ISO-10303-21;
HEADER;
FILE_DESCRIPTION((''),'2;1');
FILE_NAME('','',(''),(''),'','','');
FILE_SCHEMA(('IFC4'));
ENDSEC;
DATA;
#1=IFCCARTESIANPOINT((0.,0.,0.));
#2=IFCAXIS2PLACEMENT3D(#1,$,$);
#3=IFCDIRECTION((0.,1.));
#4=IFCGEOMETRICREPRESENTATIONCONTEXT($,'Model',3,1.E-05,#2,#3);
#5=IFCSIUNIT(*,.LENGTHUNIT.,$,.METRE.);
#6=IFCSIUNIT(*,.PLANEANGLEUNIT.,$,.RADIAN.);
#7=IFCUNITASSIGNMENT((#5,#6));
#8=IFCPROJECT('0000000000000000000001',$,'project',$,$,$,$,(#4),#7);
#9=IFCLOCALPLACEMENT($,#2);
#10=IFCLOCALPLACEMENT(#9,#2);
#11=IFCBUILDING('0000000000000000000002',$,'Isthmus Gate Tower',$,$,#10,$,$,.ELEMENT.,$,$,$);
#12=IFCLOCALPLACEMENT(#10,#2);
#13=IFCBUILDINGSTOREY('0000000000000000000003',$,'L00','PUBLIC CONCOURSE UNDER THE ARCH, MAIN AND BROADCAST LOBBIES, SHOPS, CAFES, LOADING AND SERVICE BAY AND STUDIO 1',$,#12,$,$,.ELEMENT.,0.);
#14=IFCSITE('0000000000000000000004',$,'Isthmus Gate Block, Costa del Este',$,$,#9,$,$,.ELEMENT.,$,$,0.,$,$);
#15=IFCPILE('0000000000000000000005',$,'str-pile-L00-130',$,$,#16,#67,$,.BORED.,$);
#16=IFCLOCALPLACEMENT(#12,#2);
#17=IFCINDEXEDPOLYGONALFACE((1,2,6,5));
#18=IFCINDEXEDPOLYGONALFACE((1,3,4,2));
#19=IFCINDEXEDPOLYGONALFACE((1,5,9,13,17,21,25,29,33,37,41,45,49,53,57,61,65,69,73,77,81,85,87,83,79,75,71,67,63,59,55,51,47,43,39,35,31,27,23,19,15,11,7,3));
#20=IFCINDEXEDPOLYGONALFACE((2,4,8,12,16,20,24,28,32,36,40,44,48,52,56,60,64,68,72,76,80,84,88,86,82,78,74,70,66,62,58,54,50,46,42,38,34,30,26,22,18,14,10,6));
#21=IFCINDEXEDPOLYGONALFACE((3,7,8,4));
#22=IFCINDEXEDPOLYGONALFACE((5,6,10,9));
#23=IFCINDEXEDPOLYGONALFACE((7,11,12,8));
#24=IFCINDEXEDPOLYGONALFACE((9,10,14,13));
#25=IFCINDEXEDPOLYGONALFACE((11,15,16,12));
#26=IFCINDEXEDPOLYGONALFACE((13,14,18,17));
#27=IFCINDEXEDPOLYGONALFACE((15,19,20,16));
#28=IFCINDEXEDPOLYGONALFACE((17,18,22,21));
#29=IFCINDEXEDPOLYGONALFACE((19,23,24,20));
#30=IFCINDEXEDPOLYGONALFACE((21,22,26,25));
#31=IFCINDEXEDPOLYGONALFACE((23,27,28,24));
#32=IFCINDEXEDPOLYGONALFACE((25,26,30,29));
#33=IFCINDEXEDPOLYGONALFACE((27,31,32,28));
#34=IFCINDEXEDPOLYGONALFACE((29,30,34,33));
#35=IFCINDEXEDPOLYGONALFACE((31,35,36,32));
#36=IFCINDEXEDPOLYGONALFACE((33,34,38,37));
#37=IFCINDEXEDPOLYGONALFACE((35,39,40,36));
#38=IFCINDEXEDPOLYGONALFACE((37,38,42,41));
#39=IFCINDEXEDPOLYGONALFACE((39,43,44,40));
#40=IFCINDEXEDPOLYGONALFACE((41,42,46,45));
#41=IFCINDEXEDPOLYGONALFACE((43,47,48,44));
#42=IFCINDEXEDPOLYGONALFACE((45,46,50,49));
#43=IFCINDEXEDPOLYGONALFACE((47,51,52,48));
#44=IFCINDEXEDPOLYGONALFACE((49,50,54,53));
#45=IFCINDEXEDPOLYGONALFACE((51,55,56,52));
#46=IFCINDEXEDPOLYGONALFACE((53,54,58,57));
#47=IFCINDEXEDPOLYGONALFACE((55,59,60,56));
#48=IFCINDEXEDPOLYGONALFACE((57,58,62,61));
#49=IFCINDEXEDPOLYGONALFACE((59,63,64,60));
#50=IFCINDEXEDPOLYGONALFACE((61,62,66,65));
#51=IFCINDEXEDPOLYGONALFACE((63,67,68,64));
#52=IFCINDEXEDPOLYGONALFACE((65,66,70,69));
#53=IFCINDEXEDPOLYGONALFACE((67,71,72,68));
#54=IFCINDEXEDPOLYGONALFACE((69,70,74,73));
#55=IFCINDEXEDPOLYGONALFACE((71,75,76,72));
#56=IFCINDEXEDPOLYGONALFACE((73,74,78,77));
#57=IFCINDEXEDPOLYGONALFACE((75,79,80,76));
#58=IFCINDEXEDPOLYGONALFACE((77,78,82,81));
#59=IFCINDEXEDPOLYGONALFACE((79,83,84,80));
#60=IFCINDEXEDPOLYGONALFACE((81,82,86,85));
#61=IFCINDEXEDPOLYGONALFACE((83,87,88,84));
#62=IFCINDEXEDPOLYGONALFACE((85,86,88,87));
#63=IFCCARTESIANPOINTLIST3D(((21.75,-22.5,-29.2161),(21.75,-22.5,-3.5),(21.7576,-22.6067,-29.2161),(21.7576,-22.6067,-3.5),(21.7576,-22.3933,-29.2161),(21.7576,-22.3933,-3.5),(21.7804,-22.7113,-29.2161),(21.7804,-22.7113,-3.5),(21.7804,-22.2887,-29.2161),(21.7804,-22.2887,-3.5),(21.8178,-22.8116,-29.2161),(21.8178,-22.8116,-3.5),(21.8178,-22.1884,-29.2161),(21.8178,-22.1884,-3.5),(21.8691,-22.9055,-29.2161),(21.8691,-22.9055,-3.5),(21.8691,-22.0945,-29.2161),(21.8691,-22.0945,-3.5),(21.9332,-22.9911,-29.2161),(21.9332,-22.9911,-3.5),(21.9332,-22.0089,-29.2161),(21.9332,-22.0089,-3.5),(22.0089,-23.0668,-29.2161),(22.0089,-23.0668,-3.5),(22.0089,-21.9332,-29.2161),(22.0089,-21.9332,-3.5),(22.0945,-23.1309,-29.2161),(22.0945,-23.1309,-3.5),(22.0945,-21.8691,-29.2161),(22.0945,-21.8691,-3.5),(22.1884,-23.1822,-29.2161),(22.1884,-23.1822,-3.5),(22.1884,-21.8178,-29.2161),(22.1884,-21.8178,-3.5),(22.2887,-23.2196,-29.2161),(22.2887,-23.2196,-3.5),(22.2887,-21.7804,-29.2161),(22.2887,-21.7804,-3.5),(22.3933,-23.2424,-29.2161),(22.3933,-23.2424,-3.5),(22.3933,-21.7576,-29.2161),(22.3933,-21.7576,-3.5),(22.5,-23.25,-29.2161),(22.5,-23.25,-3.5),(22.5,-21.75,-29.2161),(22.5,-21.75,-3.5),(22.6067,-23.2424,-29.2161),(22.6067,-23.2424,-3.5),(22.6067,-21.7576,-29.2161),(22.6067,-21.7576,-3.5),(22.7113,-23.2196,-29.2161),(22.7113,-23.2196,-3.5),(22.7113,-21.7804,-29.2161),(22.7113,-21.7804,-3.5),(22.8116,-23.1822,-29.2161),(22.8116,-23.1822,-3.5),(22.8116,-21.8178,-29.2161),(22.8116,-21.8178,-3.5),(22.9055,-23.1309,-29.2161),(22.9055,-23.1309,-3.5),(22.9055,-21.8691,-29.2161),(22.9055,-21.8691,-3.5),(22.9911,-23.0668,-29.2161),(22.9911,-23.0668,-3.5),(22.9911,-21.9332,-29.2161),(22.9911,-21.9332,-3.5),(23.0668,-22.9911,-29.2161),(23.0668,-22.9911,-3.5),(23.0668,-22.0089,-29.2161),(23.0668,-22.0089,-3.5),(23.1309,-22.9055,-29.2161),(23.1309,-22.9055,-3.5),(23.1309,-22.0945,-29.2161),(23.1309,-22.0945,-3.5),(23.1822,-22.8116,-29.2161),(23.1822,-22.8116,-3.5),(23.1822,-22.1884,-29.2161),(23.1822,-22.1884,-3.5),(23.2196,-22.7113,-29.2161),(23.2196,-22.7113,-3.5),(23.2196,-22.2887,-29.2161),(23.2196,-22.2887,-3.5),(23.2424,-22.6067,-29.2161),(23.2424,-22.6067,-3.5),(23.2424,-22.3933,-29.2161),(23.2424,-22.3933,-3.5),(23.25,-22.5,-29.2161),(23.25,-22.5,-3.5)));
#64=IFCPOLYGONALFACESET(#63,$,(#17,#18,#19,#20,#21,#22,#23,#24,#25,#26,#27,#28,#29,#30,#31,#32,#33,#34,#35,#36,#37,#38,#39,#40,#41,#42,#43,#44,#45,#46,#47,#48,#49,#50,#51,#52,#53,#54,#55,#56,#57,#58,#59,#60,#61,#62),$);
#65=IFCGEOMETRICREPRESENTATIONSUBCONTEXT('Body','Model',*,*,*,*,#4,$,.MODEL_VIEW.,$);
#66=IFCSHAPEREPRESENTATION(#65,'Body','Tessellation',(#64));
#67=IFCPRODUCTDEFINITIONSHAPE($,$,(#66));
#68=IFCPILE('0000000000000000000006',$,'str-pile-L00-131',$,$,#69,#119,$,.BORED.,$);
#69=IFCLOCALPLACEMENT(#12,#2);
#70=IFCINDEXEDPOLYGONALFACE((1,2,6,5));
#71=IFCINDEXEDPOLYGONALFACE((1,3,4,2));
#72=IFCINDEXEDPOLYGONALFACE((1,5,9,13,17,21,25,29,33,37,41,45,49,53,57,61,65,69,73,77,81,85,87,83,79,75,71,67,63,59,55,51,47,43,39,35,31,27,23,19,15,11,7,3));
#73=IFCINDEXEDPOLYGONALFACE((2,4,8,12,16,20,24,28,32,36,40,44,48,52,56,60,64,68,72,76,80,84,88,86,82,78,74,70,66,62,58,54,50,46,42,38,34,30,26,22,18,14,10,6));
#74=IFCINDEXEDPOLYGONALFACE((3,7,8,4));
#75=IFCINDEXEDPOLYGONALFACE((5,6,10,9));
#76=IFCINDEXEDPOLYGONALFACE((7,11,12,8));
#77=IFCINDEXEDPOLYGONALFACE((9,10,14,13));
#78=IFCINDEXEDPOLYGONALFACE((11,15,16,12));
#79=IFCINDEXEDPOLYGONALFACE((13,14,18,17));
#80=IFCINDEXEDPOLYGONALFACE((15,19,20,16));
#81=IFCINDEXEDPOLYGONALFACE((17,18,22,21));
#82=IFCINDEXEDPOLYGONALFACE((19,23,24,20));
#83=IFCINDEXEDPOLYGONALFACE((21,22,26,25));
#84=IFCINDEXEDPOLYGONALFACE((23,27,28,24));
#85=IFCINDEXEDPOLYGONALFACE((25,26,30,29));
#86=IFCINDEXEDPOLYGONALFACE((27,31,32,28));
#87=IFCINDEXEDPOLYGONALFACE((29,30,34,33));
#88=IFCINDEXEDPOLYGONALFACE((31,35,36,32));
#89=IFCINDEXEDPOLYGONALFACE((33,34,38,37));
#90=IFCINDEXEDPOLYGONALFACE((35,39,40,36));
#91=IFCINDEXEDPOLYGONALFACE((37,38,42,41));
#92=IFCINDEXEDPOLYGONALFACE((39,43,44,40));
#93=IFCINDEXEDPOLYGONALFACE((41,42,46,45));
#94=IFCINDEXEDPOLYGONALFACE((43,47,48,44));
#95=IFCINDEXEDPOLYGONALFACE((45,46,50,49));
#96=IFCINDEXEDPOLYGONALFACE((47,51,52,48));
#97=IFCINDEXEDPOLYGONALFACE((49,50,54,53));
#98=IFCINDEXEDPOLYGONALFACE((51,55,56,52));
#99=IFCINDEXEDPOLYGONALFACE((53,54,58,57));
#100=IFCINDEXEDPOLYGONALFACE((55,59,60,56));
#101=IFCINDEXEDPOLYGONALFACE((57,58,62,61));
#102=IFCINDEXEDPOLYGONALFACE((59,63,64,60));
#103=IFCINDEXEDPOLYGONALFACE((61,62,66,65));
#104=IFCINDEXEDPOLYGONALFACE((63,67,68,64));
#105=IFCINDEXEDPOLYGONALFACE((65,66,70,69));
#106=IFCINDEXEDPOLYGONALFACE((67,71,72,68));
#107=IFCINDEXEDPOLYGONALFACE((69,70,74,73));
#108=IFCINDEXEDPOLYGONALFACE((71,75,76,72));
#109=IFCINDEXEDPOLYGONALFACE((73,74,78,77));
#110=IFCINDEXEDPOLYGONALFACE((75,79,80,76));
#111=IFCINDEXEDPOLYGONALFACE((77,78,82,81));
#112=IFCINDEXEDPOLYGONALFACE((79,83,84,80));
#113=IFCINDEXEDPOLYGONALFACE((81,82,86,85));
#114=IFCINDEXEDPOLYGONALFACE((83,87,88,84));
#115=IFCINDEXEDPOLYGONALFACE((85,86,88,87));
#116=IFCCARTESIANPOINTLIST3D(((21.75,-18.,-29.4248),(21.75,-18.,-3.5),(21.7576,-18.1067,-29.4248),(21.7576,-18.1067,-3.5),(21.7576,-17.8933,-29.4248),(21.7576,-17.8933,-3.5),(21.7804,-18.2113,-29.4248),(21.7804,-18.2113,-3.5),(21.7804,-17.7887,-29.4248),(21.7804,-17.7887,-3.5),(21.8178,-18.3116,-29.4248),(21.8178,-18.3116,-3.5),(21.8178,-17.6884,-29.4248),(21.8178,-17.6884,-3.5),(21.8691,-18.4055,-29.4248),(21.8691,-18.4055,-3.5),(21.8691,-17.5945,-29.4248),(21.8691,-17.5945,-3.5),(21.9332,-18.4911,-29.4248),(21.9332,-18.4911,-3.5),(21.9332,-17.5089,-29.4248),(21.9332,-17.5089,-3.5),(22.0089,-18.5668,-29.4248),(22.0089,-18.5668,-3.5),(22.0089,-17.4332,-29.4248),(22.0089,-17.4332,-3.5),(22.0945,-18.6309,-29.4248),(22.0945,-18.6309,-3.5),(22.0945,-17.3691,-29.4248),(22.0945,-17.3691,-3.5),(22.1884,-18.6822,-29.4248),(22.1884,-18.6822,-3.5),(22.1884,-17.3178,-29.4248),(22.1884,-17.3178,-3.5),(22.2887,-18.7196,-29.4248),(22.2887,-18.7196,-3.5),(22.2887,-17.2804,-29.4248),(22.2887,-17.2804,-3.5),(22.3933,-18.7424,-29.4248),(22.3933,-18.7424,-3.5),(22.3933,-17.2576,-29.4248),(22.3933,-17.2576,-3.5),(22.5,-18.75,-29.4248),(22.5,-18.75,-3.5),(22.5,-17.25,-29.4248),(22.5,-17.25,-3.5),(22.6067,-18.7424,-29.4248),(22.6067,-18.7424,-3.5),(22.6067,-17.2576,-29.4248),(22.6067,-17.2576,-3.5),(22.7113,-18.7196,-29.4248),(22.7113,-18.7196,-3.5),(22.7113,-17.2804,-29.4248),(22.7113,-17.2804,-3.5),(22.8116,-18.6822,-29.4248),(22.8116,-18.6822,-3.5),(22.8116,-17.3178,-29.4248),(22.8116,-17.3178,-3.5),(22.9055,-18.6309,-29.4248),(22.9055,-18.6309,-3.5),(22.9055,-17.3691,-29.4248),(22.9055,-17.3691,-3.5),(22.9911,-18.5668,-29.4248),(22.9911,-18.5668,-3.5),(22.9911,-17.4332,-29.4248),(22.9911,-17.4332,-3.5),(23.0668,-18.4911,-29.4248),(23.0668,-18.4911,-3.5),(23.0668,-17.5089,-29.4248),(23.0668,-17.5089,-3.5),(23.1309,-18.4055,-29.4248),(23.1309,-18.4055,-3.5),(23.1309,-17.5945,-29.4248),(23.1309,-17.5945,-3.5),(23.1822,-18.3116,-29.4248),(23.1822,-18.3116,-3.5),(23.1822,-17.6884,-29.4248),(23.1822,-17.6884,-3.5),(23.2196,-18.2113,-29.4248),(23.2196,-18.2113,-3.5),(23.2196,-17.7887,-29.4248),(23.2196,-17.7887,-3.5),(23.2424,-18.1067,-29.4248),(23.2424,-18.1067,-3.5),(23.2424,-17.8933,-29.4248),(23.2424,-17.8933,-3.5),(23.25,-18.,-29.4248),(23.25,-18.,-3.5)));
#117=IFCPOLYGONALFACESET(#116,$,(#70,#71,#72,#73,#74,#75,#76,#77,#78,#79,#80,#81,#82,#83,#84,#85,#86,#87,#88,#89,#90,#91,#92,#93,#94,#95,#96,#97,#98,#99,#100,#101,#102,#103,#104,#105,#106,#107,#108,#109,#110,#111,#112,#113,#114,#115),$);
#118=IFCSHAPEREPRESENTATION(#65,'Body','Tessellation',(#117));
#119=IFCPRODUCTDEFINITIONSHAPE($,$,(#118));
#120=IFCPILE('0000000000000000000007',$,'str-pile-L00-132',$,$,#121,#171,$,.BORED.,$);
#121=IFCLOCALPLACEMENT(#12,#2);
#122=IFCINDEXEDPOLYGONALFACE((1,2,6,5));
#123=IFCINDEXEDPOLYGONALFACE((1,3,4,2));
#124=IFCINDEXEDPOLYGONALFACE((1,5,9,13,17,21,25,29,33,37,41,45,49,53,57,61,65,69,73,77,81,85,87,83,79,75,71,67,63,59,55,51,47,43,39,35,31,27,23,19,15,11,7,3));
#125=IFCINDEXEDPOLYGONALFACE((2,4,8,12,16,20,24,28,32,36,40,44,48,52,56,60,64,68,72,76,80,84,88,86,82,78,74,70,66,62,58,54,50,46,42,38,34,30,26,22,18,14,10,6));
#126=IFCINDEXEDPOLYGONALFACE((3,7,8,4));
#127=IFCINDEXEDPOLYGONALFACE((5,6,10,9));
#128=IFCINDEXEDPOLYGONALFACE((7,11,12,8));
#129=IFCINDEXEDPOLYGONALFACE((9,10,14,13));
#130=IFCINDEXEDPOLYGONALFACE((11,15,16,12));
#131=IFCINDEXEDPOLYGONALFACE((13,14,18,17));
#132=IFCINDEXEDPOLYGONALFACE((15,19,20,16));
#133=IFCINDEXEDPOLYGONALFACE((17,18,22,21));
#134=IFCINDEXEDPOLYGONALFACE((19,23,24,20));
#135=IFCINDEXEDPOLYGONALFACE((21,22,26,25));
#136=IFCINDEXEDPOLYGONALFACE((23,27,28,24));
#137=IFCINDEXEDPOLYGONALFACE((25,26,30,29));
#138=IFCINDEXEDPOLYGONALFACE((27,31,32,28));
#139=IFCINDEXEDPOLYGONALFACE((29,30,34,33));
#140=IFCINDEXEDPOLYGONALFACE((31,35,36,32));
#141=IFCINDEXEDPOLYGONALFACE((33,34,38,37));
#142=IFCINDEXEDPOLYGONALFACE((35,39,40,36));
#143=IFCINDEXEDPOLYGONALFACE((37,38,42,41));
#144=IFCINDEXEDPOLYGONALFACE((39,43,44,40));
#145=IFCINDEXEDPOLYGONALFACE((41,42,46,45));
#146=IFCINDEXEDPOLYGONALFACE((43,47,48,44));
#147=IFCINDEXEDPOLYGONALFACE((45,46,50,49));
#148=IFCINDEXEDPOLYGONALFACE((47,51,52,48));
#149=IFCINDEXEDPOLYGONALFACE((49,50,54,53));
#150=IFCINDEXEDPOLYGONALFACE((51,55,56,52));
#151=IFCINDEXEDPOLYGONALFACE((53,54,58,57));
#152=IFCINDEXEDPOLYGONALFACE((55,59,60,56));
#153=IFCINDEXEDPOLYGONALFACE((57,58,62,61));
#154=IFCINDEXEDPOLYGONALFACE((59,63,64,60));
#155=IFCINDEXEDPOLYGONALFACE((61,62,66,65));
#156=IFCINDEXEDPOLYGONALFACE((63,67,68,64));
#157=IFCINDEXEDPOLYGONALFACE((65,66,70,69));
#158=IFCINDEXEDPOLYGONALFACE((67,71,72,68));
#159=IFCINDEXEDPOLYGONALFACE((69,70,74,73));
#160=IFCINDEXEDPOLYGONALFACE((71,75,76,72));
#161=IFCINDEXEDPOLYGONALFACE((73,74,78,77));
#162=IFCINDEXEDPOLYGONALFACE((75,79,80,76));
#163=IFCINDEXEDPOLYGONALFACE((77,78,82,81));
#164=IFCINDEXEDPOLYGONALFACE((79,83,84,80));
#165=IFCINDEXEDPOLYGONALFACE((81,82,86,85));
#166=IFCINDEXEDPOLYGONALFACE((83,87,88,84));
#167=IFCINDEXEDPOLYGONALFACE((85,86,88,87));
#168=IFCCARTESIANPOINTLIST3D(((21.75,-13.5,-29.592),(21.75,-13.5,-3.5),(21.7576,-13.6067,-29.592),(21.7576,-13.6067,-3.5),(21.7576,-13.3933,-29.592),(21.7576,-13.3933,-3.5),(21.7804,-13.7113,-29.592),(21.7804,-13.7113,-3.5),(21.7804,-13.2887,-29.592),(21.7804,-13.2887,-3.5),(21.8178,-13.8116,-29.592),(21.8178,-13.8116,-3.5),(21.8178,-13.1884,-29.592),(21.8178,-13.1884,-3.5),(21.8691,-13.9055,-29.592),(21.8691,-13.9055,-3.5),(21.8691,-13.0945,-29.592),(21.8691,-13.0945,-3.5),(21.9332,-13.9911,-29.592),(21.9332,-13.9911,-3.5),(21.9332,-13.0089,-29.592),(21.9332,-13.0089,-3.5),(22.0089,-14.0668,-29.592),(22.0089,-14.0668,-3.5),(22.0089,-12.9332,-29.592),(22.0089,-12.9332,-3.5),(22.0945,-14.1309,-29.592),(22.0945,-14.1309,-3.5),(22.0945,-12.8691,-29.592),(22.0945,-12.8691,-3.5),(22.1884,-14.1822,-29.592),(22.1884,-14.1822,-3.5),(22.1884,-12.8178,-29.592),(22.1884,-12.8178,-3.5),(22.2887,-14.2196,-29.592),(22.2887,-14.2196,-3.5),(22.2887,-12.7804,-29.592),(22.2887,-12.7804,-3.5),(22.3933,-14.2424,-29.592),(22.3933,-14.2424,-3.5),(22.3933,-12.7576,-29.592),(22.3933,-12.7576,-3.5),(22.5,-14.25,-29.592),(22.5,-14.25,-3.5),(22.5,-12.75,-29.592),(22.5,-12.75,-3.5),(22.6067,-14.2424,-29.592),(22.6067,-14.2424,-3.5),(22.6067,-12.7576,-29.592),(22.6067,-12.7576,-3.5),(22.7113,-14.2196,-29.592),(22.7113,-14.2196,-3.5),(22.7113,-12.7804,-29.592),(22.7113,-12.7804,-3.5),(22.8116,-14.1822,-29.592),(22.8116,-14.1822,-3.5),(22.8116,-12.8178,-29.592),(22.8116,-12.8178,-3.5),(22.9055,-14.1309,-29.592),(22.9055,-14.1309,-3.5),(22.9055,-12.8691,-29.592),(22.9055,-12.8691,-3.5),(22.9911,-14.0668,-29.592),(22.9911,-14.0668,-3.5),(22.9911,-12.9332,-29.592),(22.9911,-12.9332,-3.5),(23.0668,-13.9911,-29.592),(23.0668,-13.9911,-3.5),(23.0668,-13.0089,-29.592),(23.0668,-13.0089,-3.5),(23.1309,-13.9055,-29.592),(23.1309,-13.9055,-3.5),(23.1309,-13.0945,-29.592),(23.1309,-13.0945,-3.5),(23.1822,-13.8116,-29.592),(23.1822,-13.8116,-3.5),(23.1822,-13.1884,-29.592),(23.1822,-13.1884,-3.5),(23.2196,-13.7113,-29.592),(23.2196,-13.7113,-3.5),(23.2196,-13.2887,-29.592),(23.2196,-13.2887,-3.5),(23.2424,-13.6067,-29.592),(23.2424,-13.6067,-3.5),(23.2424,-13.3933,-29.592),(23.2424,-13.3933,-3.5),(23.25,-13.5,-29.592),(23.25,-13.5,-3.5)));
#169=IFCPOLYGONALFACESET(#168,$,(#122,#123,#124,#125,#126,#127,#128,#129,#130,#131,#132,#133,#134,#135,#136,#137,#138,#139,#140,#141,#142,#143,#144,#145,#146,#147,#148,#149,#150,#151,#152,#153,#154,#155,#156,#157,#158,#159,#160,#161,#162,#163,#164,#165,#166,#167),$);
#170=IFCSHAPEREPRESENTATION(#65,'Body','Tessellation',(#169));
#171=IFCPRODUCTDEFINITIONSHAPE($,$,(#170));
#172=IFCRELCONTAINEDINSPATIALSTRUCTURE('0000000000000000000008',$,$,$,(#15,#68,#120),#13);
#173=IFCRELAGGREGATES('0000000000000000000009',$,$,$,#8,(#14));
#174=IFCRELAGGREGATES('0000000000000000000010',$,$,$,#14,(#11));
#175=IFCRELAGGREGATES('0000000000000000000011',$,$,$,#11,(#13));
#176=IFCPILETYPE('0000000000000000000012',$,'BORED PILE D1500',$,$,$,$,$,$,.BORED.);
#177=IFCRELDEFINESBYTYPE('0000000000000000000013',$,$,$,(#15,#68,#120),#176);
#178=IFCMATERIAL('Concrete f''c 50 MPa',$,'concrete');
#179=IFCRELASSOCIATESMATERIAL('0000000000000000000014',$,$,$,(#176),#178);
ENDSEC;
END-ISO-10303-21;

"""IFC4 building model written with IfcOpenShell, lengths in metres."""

from ifc_helpers import new_model, si_unit, direction, frame, origin, origin_2d, place, context, subcontext, project, spatial, circle, extrude, material, material_profile, profile_set, type_object, element, save


model = new_model("IFC4")

# Units and contexts
model_context = context("Model", 3, precision=1e-05, world=origin(), true_north=direction((0.0, 1.0)))
body_context = subcontext(model_context, "Body", "Model", "MODEL_VIEW")
ifc_project = project(units=[si_unit("LENGTHUNIT", "METRE"), si_unit("PLANEANGLEUNIT", "RADIAN")], contexts=[model_context])

# Site, building, storey
site_placement = place(None, origin())
site = spatial("IfcSite", under=ifc_project, at=site_placement, Name="Isthmus Gate Block, Costa del Este", CompositionType="ELEMENT", RefElevation=0.0)
building_placement = place(site_placement, origin())
building = spatial("IfcBuilding", under=site, at=building_placement, Name="Isthmus Gate Tower", CompositionType="ELEMENT")
storey_placement = place(building_placement, origin())
storey = spatial("IfcBuildingStorey", under=building, at=storey_placement, Name="L00", Description="PUBLIC CONCOURSE UNDER THE ARCH, MAIN AND BROADCAST LOBBIES, SHOPS, CAFES, LOADING AND SERVICE BAY AND STUDIO 1", CompositionType="ELEMENT", Elevation=0.0)

# Piles
ifc_material_1 = material(Name="Concrete f'c 50 MPa", Category="concrete")
ifc_material_profile_1 = material_profile(ifc_material_1, circle(Radius=0.75, at=origin_2d()), Name="D1500")
ifc_profile_set_1 = profile_set([ifc_material_profile_1], Name="Concrete f'c 50 MPa")
pile_type_1 = type_object("IfcPileType", Name="BORED PILE D1500", PredefinedType="BORED", material=ifc_profile_set_1)
pile_1_placement = place(storey_placement, frame((22.5, -22.5, -3.5), z_axis=(0.0, 0.0, -1.0), x_axis=(1.0, 0.0, 0.0)))
element("IfcPile", 1, at=pile_1_placement, inside=storey, type_object=pile_type_1, Name="str-pile-L00-130", PredefinedType="BORED", context=body_context, shape_type="SweptSolid", body=[
    extrude(circle(Radius=0.75, at=origin_2d()), origin(), (0.0, 0.0, 1.0), 25.7161),
])
pile_2_placement = place(storey_placement, frame((22.5, -18.0, -3.5), z_axis=(0.0, 0.0, -1.0), x_axis=(1.0, 0.0, 0.0)))
element("IfcPile", 2, at=pile_2_placement, inside=storey, type_object=pile_type_1, Name="str-pile-L00-131", PredefinedType="BORED", context=body_context, shape_type="SweptSolid", body=[
    extrude(circle(Radius=0.75, at=origin_2d()), origin(), (0.0, 0.0, 1.0), 25.9248),
])
pile_3_placement = place(storey_placement, frame((22.5, -13.5, -3.5), z_axis=(0.0, 0.0, -1.0), x_axis=(1.0, 0.0, 0.0)))
element("IfcPile", 3, at=pile_3_placement, inside=storey, type_object=pile_type_1, Name="str-pile-L00-132", PredefinedType="BORED", context=body_context, shape_type="SweptSolid", body=[
    extrude(circle(Radius=0.75, at=origin_2d()), origin(), (0.0, 0.0, 1.0), 26.092),
])

save(model, "model.ifc")
